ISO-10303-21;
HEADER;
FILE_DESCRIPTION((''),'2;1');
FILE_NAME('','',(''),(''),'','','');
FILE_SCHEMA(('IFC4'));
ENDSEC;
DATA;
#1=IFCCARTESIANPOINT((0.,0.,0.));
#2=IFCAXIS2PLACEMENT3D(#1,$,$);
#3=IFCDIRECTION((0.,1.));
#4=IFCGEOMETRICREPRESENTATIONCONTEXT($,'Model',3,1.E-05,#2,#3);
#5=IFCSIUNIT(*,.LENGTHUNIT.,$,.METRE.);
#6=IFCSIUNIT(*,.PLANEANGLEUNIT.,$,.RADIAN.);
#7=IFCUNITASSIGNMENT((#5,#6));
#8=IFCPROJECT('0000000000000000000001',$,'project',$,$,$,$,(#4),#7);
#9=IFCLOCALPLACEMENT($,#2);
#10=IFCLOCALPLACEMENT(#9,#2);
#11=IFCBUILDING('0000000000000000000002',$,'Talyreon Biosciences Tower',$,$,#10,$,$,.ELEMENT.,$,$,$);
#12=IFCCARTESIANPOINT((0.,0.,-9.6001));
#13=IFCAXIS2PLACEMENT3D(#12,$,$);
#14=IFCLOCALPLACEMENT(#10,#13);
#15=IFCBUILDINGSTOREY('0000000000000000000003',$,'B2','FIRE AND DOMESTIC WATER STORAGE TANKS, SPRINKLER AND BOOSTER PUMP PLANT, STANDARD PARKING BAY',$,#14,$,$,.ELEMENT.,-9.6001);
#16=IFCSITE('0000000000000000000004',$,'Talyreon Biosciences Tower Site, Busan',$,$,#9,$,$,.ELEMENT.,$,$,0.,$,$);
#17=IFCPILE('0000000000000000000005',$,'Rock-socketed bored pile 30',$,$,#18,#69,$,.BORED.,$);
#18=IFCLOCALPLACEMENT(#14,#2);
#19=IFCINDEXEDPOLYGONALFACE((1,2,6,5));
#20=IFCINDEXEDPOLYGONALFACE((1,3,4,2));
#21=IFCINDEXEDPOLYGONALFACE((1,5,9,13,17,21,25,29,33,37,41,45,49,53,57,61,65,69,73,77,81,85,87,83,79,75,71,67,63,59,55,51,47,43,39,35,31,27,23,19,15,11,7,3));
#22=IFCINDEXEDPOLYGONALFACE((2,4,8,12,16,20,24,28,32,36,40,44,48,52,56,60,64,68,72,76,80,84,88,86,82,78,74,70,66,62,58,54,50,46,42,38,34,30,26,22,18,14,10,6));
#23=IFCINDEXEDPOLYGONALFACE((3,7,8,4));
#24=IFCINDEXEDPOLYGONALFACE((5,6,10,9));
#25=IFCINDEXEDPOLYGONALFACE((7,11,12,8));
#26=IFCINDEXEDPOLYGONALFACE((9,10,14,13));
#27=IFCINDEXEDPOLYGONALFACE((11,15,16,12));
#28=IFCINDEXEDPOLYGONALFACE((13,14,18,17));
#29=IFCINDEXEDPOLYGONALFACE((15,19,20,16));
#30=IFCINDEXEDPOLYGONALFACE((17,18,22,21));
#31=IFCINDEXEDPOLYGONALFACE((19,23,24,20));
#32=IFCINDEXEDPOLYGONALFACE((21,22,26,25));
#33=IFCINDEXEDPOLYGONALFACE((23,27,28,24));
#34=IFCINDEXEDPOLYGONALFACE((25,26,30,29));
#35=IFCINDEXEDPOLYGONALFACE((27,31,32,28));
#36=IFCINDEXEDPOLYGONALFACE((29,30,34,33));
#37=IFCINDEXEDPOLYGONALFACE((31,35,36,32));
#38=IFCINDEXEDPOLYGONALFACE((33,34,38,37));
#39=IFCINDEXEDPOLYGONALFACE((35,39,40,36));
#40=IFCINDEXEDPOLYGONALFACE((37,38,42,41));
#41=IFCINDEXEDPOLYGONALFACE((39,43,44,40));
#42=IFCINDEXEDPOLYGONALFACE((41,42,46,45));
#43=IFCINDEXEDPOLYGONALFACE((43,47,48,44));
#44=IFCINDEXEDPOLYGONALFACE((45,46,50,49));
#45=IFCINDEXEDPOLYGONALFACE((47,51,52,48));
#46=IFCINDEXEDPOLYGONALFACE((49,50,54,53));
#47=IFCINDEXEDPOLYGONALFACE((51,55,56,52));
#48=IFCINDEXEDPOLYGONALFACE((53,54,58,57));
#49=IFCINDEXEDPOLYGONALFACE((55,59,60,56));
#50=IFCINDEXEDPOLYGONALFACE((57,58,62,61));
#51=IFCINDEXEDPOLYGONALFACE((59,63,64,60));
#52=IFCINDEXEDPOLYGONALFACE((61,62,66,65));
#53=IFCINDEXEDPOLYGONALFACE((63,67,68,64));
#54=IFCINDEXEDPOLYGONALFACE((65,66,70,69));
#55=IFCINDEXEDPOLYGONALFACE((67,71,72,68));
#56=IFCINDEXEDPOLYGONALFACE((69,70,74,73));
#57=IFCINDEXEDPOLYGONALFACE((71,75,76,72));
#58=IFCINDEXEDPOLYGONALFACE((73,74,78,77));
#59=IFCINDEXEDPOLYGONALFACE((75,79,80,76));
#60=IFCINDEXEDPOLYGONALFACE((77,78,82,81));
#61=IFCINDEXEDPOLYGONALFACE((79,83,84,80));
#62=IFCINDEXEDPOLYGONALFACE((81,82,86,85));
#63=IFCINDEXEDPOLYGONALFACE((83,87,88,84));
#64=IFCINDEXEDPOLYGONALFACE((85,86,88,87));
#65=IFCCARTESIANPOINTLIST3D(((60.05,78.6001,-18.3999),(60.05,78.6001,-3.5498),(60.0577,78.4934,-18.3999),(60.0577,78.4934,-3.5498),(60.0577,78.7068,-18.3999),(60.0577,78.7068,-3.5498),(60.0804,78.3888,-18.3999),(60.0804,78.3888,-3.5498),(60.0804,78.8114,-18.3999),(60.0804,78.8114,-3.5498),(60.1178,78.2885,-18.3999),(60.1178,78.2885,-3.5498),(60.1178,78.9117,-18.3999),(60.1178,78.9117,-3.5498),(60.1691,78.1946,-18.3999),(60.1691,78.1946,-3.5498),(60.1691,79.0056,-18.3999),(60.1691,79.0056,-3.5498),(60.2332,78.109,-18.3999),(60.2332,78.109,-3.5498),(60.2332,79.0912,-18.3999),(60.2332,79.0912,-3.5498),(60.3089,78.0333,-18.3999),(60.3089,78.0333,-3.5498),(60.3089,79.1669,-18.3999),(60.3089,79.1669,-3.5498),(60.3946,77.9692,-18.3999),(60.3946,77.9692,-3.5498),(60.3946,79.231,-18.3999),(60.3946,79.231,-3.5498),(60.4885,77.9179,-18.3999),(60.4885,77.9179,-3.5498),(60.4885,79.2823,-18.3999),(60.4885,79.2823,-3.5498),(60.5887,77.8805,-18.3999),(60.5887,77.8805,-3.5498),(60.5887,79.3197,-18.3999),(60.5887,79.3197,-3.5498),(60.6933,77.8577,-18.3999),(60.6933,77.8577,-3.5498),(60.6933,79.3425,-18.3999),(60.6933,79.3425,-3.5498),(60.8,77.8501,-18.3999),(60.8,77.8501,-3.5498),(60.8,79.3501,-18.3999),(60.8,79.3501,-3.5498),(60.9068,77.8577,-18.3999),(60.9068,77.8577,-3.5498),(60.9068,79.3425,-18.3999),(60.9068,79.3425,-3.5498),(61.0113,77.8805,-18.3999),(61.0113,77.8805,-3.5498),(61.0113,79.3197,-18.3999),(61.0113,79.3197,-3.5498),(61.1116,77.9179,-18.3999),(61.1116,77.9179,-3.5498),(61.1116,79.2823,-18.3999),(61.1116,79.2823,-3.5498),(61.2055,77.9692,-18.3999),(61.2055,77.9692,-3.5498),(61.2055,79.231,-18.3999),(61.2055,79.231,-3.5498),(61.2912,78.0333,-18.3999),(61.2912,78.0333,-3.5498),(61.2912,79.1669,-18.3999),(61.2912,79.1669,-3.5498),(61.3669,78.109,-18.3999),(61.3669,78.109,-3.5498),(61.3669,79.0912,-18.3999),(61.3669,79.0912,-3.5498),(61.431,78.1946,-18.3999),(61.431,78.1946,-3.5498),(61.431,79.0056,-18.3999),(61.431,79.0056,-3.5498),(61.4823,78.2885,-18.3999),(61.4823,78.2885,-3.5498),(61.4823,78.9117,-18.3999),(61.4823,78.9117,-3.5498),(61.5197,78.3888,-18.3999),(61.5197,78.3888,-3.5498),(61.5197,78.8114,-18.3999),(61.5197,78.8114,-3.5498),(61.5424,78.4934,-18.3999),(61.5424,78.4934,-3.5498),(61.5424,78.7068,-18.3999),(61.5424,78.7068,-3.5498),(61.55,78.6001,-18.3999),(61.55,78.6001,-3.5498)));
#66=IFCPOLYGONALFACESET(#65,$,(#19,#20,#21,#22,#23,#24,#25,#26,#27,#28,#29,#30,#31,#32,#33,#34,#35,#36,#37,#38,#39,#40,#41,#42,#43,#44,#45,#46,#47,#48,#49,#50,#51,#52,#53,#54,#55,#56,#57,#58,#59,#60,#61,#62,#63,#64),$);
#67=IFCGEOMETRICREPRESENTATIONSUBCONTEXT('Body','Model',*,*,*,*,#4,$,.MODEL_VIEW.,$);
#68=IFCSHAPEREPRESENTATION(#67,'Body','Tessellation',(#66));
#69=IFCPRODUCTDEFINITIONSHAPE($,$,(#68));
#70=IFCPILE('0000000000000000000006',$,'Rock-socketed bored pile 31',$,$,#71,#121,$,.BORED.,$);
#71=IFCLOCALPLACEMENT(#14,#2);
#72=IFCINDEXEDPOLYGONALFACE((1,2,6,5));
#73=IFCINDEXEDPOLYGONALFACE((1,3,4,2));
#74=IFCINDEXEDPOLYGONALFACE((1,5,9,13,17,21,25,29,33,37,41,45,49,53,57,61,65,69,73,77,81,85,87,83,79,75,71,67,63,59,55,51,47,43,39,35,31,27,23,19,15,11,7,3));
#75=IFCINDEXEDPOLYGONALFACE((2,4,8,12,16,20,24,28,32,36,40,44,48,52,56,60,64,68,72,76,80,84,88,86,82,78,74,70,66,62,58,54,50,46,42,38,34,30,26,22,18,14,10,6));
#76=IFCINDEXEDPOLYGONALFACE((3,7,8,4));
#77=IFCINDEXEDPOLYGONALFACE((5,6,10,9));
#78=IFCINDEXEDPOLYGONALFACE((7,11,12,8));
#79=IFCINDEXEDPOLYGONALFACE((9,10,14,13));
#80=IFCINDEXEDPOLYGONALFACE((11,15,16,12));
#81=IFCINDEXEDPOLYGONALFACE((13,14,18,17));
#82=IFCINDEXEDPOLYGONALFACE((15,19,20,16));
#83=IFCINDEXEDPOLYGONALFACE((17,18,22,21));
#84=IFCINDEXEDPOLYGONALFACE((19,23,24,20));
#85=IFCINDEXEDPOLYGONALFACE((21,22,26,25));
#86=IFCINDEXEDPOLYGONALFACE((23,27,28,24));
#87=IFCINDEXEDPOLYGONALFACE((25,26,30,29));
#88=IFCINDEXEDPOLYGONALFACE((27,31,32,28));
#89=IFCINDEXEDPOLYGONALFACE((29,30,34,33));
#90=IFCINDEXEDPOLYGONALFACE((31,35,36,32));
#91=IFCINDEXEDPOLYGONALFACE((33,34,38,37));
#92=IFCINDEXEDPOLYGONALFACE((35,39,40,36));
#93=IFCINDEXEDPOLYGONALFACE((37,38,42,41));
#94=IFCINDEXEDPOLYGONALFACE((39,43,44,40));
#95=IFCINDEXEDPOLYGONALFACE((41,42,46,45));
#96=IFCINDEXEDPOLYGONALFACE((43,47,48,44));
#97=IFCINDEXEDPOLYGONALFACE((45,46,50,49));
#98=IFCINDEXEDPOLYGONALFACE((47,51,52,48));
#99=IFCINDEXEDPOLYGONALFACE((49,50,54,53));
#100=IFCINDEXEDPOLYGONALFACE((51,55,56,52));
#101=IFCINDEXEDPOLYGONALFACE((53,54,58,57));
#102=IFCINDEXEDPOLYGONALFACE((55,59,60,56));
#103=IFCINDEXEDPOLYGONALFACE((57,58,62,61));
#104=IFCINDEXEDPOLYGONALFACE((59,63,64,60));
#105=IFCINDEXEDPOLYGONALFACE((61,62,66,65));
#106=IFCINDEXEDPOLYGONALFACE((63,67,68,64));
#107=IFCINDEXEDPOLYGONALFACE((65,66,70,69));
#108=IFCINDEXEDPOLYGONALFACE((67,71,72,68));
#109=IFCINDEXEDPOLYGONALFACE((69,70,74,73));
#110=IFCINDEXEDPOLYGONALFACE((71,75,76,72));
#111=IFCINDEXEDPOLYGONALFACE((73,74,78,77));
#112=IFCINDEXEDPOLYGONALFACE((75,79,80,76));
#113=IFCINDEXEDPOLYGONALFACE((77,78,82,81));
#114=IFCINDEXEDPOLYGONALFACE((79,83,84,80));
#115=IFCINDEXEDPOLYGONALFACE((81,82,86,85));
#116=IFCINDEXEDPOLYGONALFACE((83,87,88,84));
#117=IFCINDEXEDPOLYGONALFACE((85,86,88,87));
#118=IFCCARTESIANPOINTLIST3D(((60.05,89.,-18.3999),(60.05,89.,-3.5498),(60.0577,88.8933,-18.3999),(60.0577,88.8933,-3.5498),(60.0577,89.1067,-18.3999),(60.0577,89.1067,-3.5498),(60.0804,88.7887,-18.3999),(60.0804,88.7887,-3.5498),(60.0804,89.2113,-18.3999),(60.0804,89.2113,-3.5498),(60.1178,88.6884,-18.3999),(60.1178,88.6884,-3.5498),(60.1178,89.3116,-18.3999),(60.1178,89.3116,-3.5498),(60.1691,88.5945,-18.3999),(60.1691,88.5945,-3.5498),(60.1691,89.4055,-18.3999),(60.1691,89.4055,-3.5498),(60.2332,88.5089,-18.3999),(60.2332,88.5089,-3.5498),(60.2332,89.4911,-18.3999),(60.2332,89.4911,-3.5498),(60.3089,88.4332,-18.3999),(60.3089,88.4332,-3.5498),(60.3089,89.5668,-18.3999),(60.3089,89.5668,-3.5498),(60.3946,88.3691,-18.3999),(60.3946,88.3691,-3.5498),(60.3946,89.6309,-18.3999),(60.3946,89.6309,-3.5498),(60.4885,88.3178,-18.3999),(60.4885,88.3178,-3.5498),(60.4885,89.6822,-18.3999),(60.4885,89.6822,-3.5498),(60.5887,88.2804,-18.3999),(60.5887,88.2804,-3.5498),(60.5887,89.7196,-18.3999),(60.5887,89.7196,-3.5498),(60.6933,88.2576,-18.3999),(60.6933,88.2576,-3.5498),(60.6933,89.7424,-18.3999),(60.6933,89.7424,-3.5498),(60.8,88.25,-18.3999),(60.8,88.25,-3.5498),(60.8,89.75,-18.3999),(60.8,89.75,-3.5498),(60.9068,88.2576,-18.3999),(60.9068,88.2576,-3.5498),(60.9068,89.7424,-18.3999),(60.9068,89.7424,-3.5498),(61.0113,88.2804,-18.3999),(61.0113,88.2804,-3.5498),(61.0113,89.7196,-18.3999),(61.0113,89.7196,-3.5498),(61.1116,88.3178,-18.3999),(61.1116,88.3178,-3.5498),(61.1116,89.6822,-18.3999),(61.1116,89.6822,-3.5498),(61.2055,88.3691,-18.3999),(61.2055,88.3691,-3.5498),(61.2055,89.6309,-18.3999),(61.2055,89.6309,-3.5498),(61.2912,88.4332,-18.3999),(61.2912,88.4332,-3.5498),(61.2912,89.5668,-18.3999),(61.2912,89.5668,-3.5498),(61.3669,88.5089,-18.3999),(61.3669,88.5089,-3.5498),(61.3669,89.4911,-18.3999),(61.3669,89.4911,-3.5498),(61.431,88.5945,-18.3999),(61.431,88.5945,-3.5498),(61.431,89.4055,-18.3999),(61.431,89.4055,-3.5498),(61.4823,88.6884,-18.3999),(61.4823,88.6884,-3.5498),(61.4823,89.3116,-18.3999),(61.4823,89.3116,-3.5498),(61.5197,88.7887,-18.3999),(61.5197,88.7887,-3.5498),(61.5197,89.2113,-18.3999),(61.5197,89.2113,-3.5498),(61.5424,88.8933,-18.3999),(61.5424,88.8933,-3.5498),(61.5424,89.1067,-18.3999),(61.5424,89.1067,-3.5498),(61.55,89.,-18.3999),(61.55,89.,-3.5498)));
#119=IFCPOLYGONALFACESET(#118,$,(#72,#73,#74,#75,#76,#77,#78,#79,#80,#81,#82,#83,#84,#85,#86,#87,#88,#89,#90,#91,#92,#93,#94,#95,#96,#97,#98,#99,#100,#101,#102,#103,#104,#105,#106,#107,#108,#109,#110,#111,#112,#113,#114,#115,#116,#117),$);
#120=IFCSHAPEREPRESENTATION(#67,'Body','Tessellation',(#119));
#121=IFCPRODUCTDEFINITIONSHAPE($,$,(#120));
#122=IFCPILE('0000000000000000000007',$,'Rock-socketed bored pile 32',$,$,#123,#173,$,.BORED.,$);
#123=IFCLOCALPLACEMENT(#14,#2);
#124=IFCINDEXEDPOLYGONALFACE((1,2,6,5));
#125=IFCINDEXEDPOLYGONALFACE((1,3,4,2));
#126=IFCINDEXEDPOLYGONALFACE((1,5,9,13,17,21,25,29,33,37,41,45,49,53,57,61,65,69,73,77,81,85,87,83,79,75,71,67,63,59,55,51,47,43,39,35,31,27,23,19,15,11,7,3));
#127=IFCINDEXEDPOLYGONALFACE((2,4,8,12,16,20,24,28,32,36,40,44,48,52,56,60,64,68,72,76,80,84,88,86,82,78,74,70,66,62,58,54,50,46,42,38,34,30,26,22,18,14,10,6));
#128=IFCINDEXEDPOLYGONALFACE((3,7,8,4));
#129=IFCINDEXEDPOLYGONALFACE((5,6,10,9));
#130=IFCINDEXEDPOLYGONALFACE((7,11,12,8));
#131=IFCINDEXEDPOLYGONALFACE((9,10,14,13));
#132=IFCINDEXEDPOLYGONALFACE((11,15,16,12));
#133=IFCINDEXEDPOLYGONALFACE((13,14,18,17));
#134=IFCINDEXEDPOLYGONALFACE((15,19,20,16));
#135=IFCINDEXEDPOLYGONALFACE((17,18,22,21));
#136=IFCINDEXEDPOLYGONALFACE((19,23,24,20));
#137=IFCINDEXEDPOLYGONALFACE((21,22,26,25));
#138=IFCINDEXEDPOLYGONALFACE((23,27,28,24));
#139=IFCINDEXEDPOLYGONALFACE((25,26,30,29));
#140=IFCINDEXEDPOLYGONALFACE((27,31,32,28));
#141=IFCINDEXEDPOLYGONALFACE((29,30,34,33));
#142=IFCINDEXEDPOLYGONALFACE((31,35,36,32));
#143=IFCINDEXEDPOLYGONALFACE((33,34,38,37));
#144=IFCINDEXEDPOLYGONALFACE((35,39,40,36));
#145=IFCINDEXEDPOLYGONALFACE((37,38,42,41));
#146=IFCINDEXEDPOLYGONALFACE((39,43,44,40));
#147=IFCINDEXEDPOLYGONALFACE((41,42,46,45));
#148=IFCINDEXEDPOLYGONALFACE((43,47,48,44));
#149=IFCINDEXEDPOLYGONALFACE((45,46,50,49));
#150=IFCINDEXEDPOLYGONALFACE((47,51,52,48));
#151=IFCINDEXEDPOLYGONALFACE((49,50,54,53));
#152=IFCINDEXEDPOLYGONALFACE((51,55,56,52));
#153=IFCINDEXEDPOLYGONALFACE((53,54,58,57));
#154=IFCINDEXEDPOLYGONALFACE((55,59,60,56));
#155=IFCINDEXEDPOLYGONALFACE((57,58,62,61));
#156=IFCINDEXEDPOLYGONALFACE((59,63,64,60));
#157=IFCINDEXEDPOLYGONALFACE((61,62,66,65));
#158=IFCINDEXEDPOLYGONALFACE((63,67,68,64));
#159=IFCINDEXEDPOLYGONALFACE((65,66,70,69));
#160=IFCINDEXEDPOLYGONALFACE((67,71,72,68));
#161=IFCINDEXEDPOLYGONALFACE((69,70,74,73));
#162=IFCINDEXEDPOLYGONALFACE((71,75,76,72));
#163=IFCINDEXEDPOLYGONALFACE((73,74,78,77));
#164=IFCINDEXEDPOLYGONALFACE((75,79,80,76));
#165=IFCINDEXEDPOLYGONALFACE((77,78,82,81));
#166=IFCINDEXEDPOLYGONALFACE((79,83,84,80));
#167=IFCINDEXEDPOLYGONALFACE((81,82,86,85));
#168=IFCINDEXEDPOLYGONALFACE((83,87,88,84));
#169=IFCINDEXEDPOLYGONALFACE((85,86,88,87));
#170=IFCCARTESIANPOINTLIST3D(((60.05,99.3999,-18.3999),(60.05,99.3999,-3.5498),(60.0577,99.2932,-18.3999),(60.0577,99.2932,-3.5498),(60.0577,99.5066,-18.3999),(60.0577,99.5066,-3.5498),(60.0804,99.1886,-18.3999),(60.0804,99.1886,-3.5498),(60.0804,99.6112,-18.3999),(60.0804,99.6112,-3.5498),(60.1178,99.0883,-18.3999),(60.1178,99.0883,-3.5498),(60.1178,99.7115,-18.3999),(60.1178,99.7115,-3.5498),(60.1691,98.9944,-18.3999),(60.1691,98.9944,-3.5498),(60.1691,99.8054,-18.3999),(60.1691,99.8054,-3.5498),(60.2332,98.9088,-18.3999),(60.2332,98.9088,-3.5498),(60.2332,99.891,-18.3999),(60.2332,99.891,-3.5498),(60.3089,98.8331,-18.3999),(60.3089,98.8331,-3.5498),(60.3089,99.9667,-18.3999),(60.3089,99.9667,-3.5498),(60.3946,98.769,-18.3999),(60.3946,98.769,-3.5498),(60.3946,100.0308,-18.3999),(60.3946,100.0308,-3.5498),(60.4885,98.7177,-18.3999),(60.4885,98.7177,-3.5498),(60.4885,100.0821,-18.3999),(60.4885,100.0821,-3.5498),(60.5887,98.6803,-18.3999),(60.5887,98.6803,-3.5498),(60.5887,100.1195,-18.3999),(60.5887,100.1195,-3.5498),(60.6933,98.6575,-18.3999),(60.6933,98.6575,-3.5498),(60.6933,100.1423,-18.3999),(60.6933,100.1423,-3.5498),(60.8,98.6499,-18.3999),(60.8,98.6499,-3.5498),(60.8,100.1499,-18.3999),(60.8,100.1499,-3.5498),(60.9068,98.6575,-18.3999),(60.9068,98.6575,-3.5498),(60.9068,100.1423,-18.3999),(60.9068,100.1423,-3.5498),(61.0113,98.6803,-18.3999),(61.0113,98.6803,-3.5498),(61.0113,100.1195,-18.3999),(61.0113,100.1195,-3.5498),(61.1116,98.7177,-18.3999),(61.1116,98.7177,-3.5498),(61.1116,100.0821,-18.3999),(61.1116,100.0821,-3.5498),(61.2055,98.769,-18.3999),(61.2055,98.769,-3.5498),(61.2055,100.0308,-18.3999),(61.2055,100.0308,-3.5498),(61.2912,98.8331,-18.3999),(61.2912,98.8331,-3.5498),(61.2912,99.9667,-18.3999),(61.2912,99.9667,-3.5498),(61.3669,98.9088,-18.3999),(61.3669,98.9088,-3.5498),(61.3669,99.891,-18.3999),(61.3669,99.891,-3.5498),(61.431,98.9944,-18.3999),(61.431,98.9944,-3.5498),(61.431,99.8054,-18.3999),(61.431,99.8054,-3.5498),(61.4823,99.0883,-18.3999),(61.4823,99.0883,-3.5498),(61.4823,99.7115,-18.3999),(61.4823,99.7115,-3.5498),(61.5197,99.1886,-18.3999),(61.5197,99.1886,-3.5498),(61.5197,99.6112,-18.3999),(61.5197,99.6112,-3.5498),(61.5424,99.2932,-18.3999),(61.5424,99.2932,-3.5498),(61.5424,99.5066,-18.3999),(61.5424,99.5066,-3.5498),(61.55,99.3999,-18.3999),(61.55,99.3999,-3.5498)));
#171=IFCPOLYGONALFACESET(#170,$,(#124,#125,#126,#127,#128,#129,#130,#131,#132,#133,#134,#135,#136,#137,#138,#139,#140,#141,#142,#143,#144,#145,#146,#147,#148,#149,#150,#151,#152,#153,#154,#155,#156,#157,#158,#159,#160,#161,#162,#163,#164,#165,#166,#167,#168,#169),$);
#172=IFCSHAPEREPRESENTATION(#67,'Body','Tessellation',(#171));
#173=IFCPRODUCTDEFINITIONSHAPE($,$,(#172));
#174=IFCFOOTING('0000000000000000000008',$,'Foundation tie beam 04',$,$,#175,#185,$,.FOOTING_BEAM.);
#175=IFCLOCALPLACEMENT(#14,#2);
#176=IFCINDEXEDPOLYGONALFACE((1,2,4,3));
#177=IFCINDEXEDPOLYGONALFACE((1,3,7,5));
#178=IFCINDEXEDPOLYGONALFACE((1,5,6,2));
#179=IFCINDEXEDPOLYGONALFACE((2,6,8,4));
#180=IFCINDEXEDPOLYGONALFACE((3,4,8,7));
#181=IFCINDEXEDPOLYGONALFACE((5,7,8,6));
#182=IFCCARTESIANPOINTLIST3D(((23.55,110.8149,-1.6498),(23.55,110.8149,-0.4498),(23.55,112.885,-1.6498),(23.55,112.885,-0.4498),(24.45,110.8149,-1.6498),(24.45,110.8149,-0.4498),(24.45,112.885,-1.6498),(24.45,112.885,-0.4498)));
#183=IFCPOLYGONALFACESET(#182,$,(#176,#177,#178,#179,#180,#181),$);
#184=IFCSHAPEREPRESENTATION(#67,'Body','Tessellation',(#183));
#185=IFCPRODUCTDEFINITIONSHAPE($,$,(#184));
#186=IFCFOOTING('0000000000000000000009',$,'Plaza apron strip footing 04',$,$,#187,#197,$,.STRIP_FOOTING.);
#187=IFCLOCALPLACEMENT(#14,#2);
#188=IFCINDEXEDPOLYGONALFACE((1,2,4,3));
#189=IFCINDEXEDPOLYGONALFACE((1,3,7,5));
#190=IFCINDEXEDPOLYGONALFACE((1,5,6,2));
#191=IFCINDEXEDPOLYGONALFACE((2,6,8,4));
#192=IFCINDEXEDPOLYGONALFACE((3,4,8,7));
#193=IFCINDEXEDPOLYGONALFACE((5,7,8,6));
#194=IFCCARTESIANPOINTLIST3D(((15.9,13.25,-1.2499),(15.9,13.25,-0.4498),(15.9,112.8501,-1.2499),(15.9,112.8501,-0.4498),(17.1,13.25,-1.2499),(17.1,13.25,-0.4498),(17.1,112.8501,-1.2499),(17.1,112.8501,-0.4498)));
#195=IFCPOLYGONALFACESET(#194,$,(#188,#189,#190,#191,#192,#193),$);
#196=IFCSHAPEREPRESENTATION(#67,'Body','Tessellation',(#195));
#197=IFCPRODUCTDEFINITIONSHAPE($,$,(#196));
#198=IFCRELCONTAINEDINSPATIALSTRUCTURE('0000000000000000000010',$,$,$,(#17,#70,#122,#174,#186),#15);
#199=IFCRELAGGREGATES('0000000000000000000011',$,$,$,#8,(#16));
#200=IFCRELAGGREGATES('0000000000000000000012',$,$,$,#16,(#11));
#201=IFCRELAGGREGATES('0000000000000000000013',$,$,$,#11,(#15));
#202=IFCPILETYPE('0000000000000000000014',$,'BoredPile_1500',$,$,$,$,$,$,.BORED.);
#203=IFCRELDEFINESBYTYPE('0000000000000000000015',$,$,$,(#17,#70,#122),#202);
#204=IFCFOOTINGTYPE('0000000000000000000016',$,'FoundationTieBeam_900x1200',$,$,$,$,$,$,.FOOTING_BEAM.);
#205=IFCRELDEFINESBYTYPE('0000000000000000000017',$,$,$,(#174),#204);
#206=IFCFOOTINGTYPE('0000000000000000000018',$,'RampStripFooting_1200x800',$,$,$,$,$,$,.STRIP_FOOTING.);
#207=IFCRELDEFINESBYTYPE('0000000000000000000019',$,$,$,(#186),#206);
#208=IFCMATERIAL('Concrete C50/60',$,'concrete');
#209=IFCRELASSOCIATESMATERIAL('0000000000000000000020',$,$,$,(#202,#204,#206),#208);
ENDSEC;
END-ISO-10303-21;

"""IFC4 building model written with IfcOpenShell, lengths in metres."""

from ifc_helpers import new_model, si_unit, direction, frame, origin, origin_2d, place, context, subcontext, project, spatial, rectangle, circle, extrude, material, material_profile, profile_set, type_object, element, save


model = new_model("IFC4")

# Units and contexts
model_context = context("Model", 3, precision=1e-05, world=origin(), true_north=direction((0.0, 1.0)))
body_context = subcontext(model_context, "Body", "Model", "MODEL_VIEW")
ifc_project = project(units=[si_unit("LENGTHUNIT", "METRE"), si_unit("PLANEANGLEUNIT", "RADIAN")], contexts=[model_context])

# Site, building, storey
site_placement = place(None, origin())
site = spatial("IfcSite", under=ifc_project, at=site_placement, Name="Talyreon Biosciences Tower Site, Busan", CompositionType="ELEMENT", RefElevation=0.0)
building_placement = place(site_placement, origin())
building = spatial("IfcBuilding", under=site, at=building_placement, Name="Talyreon Biosciences Tower", CompositionType="ELEMENT")
storey_placement = place(building_placement, frame((0.0, 0.0, -9.6001)))
storey = spatial("IfcBuildingStorey", under=building, at=storey_placement, Name="B2", Description="FIRE AND DOMESTIC WATER STORAGE TANKS, SPRINKLER AND BOOSTER PUMP PLANT, STANDARD PARKING BAY", CompositionType="ELEMENT", Elevation=-9.6001)

# Piles
ifc_material_1 = material(Name="Concrete C50/60", Category="concrete")
ifc_material_profile_1 = material_profile(ifc_material_1, circle(Radius=0.75, at=origin_2d()), Name="PILE D1500")
ifc_profile_set_1 = profile_set([ifc_material_profile_1], Name="Concrete C50/60")
pile_type_1 = type_object("IfcPileType", Name="BoredPile_1500", PredefinedType="BORED", material=ifc_profile_set_1)
for number, where, z_axis, x_axis, name in (
    (1, (60.8, 78.6001, -3.5498), (0.0, 0.0, -1.0), (1.0, 0.0, 0.0), "Rock-socketed bored pile 30"),
    (2, (60.8, 89.0, -3.5498), (0.0, 0.0, -1.0), (1.0, 0.0, 0.0), "Rock-socketed bored pile 31"),
    (3, (60.8, 99.3999, -3.5498), (0.0, 0.0, -1.0), (1.0, 0.0, 0.0), "Rock-socketed bored pile 32"),
):
    element("IfcPile", number, at=place(storey_placement, frame(where, z_axis=z_axis, x_axis=x_axis)), inside=storey, type_object=pile_type_1, Name=name, PredefinedType="BORED", context=body_context, shape_type="SweptSolid", body=[
        extrude(circle(Radius=0.75, at=origin_2d()), origin(), (0.0, 0.0, 1.0), 14.8501),
    ])

# Footings
ifc_material_profile_2 = material_profile(ifc_material_1, rectangle(XDim=0.8999, YDim=1.2, at=origin_2d()), Name="FB 900x1200")
ifc_profile_set_2 = profile_set([ifc_material_profile_2], Name="Concrete C50/60")
footing_type_1 = type_object("IfcFootingType", Name="FoundationTieBeam_900x1200", PredefinedType="FOOTING_BEAM", material=ifc_profile_set_2)
footing_1_placement = place(storey_placement, frame((24.0, 110.8149, -1.0498), z_axis=(0.0, 1.0, 0.0), x_axis=(-1.0, 0.0, 0.0)))
element("IfcFooting", 4, at=footing_1_placement, inside=storey, type_object=footing_type_1, Name="Foundation tie beam 04", PredefinedType="FOOTING_BEAM", context=body_context, shape_type="SweptSolid", body=[
    extrude(rectangle(XDim=0.8999, YDim=1.2, at=origin_2d()), origin(), (0.0, 0.0, 1.0), 2.0701),
])
ifc_material_profile_3 = material_profile(ifc_material_1, rectangle(XDim=1.2, YDim=0.8, at=origin_2d()), Name="SF 1200x800")
ifc_profile_set_3 = profile_set([ifc_material_profile_3], Name="Concrete C50/60")
footing_type_2 = type_object("IfcFootingType", Name="RampStripFooting_1200x800", PredefinedType="STRIP_FOOTING", material=ifc_profile_set_3)
footing_2_placement = place(storey_placement, frame((16.5, 112.8501, -0.8499), z_axis=(0.0, -1.0, 0.0), x_axis=(1.0, 0.0, 0.0)))
element("IfcFooting", 5, at=footing_2_placement, inside=storey, type_object=footing_type_2, Name="Plaza apron strip footing 04", PredefinedType="STRIP_FOOTING", context=body_context, shape_type="SweptSolid", body=[
    extrude(rectangle(XDim=1.2, YDim=0.8, at=origin_2d()), origin(), (0.0, 0.0, 1.0), 99.6001),
])

save(model, "model.ifc")
